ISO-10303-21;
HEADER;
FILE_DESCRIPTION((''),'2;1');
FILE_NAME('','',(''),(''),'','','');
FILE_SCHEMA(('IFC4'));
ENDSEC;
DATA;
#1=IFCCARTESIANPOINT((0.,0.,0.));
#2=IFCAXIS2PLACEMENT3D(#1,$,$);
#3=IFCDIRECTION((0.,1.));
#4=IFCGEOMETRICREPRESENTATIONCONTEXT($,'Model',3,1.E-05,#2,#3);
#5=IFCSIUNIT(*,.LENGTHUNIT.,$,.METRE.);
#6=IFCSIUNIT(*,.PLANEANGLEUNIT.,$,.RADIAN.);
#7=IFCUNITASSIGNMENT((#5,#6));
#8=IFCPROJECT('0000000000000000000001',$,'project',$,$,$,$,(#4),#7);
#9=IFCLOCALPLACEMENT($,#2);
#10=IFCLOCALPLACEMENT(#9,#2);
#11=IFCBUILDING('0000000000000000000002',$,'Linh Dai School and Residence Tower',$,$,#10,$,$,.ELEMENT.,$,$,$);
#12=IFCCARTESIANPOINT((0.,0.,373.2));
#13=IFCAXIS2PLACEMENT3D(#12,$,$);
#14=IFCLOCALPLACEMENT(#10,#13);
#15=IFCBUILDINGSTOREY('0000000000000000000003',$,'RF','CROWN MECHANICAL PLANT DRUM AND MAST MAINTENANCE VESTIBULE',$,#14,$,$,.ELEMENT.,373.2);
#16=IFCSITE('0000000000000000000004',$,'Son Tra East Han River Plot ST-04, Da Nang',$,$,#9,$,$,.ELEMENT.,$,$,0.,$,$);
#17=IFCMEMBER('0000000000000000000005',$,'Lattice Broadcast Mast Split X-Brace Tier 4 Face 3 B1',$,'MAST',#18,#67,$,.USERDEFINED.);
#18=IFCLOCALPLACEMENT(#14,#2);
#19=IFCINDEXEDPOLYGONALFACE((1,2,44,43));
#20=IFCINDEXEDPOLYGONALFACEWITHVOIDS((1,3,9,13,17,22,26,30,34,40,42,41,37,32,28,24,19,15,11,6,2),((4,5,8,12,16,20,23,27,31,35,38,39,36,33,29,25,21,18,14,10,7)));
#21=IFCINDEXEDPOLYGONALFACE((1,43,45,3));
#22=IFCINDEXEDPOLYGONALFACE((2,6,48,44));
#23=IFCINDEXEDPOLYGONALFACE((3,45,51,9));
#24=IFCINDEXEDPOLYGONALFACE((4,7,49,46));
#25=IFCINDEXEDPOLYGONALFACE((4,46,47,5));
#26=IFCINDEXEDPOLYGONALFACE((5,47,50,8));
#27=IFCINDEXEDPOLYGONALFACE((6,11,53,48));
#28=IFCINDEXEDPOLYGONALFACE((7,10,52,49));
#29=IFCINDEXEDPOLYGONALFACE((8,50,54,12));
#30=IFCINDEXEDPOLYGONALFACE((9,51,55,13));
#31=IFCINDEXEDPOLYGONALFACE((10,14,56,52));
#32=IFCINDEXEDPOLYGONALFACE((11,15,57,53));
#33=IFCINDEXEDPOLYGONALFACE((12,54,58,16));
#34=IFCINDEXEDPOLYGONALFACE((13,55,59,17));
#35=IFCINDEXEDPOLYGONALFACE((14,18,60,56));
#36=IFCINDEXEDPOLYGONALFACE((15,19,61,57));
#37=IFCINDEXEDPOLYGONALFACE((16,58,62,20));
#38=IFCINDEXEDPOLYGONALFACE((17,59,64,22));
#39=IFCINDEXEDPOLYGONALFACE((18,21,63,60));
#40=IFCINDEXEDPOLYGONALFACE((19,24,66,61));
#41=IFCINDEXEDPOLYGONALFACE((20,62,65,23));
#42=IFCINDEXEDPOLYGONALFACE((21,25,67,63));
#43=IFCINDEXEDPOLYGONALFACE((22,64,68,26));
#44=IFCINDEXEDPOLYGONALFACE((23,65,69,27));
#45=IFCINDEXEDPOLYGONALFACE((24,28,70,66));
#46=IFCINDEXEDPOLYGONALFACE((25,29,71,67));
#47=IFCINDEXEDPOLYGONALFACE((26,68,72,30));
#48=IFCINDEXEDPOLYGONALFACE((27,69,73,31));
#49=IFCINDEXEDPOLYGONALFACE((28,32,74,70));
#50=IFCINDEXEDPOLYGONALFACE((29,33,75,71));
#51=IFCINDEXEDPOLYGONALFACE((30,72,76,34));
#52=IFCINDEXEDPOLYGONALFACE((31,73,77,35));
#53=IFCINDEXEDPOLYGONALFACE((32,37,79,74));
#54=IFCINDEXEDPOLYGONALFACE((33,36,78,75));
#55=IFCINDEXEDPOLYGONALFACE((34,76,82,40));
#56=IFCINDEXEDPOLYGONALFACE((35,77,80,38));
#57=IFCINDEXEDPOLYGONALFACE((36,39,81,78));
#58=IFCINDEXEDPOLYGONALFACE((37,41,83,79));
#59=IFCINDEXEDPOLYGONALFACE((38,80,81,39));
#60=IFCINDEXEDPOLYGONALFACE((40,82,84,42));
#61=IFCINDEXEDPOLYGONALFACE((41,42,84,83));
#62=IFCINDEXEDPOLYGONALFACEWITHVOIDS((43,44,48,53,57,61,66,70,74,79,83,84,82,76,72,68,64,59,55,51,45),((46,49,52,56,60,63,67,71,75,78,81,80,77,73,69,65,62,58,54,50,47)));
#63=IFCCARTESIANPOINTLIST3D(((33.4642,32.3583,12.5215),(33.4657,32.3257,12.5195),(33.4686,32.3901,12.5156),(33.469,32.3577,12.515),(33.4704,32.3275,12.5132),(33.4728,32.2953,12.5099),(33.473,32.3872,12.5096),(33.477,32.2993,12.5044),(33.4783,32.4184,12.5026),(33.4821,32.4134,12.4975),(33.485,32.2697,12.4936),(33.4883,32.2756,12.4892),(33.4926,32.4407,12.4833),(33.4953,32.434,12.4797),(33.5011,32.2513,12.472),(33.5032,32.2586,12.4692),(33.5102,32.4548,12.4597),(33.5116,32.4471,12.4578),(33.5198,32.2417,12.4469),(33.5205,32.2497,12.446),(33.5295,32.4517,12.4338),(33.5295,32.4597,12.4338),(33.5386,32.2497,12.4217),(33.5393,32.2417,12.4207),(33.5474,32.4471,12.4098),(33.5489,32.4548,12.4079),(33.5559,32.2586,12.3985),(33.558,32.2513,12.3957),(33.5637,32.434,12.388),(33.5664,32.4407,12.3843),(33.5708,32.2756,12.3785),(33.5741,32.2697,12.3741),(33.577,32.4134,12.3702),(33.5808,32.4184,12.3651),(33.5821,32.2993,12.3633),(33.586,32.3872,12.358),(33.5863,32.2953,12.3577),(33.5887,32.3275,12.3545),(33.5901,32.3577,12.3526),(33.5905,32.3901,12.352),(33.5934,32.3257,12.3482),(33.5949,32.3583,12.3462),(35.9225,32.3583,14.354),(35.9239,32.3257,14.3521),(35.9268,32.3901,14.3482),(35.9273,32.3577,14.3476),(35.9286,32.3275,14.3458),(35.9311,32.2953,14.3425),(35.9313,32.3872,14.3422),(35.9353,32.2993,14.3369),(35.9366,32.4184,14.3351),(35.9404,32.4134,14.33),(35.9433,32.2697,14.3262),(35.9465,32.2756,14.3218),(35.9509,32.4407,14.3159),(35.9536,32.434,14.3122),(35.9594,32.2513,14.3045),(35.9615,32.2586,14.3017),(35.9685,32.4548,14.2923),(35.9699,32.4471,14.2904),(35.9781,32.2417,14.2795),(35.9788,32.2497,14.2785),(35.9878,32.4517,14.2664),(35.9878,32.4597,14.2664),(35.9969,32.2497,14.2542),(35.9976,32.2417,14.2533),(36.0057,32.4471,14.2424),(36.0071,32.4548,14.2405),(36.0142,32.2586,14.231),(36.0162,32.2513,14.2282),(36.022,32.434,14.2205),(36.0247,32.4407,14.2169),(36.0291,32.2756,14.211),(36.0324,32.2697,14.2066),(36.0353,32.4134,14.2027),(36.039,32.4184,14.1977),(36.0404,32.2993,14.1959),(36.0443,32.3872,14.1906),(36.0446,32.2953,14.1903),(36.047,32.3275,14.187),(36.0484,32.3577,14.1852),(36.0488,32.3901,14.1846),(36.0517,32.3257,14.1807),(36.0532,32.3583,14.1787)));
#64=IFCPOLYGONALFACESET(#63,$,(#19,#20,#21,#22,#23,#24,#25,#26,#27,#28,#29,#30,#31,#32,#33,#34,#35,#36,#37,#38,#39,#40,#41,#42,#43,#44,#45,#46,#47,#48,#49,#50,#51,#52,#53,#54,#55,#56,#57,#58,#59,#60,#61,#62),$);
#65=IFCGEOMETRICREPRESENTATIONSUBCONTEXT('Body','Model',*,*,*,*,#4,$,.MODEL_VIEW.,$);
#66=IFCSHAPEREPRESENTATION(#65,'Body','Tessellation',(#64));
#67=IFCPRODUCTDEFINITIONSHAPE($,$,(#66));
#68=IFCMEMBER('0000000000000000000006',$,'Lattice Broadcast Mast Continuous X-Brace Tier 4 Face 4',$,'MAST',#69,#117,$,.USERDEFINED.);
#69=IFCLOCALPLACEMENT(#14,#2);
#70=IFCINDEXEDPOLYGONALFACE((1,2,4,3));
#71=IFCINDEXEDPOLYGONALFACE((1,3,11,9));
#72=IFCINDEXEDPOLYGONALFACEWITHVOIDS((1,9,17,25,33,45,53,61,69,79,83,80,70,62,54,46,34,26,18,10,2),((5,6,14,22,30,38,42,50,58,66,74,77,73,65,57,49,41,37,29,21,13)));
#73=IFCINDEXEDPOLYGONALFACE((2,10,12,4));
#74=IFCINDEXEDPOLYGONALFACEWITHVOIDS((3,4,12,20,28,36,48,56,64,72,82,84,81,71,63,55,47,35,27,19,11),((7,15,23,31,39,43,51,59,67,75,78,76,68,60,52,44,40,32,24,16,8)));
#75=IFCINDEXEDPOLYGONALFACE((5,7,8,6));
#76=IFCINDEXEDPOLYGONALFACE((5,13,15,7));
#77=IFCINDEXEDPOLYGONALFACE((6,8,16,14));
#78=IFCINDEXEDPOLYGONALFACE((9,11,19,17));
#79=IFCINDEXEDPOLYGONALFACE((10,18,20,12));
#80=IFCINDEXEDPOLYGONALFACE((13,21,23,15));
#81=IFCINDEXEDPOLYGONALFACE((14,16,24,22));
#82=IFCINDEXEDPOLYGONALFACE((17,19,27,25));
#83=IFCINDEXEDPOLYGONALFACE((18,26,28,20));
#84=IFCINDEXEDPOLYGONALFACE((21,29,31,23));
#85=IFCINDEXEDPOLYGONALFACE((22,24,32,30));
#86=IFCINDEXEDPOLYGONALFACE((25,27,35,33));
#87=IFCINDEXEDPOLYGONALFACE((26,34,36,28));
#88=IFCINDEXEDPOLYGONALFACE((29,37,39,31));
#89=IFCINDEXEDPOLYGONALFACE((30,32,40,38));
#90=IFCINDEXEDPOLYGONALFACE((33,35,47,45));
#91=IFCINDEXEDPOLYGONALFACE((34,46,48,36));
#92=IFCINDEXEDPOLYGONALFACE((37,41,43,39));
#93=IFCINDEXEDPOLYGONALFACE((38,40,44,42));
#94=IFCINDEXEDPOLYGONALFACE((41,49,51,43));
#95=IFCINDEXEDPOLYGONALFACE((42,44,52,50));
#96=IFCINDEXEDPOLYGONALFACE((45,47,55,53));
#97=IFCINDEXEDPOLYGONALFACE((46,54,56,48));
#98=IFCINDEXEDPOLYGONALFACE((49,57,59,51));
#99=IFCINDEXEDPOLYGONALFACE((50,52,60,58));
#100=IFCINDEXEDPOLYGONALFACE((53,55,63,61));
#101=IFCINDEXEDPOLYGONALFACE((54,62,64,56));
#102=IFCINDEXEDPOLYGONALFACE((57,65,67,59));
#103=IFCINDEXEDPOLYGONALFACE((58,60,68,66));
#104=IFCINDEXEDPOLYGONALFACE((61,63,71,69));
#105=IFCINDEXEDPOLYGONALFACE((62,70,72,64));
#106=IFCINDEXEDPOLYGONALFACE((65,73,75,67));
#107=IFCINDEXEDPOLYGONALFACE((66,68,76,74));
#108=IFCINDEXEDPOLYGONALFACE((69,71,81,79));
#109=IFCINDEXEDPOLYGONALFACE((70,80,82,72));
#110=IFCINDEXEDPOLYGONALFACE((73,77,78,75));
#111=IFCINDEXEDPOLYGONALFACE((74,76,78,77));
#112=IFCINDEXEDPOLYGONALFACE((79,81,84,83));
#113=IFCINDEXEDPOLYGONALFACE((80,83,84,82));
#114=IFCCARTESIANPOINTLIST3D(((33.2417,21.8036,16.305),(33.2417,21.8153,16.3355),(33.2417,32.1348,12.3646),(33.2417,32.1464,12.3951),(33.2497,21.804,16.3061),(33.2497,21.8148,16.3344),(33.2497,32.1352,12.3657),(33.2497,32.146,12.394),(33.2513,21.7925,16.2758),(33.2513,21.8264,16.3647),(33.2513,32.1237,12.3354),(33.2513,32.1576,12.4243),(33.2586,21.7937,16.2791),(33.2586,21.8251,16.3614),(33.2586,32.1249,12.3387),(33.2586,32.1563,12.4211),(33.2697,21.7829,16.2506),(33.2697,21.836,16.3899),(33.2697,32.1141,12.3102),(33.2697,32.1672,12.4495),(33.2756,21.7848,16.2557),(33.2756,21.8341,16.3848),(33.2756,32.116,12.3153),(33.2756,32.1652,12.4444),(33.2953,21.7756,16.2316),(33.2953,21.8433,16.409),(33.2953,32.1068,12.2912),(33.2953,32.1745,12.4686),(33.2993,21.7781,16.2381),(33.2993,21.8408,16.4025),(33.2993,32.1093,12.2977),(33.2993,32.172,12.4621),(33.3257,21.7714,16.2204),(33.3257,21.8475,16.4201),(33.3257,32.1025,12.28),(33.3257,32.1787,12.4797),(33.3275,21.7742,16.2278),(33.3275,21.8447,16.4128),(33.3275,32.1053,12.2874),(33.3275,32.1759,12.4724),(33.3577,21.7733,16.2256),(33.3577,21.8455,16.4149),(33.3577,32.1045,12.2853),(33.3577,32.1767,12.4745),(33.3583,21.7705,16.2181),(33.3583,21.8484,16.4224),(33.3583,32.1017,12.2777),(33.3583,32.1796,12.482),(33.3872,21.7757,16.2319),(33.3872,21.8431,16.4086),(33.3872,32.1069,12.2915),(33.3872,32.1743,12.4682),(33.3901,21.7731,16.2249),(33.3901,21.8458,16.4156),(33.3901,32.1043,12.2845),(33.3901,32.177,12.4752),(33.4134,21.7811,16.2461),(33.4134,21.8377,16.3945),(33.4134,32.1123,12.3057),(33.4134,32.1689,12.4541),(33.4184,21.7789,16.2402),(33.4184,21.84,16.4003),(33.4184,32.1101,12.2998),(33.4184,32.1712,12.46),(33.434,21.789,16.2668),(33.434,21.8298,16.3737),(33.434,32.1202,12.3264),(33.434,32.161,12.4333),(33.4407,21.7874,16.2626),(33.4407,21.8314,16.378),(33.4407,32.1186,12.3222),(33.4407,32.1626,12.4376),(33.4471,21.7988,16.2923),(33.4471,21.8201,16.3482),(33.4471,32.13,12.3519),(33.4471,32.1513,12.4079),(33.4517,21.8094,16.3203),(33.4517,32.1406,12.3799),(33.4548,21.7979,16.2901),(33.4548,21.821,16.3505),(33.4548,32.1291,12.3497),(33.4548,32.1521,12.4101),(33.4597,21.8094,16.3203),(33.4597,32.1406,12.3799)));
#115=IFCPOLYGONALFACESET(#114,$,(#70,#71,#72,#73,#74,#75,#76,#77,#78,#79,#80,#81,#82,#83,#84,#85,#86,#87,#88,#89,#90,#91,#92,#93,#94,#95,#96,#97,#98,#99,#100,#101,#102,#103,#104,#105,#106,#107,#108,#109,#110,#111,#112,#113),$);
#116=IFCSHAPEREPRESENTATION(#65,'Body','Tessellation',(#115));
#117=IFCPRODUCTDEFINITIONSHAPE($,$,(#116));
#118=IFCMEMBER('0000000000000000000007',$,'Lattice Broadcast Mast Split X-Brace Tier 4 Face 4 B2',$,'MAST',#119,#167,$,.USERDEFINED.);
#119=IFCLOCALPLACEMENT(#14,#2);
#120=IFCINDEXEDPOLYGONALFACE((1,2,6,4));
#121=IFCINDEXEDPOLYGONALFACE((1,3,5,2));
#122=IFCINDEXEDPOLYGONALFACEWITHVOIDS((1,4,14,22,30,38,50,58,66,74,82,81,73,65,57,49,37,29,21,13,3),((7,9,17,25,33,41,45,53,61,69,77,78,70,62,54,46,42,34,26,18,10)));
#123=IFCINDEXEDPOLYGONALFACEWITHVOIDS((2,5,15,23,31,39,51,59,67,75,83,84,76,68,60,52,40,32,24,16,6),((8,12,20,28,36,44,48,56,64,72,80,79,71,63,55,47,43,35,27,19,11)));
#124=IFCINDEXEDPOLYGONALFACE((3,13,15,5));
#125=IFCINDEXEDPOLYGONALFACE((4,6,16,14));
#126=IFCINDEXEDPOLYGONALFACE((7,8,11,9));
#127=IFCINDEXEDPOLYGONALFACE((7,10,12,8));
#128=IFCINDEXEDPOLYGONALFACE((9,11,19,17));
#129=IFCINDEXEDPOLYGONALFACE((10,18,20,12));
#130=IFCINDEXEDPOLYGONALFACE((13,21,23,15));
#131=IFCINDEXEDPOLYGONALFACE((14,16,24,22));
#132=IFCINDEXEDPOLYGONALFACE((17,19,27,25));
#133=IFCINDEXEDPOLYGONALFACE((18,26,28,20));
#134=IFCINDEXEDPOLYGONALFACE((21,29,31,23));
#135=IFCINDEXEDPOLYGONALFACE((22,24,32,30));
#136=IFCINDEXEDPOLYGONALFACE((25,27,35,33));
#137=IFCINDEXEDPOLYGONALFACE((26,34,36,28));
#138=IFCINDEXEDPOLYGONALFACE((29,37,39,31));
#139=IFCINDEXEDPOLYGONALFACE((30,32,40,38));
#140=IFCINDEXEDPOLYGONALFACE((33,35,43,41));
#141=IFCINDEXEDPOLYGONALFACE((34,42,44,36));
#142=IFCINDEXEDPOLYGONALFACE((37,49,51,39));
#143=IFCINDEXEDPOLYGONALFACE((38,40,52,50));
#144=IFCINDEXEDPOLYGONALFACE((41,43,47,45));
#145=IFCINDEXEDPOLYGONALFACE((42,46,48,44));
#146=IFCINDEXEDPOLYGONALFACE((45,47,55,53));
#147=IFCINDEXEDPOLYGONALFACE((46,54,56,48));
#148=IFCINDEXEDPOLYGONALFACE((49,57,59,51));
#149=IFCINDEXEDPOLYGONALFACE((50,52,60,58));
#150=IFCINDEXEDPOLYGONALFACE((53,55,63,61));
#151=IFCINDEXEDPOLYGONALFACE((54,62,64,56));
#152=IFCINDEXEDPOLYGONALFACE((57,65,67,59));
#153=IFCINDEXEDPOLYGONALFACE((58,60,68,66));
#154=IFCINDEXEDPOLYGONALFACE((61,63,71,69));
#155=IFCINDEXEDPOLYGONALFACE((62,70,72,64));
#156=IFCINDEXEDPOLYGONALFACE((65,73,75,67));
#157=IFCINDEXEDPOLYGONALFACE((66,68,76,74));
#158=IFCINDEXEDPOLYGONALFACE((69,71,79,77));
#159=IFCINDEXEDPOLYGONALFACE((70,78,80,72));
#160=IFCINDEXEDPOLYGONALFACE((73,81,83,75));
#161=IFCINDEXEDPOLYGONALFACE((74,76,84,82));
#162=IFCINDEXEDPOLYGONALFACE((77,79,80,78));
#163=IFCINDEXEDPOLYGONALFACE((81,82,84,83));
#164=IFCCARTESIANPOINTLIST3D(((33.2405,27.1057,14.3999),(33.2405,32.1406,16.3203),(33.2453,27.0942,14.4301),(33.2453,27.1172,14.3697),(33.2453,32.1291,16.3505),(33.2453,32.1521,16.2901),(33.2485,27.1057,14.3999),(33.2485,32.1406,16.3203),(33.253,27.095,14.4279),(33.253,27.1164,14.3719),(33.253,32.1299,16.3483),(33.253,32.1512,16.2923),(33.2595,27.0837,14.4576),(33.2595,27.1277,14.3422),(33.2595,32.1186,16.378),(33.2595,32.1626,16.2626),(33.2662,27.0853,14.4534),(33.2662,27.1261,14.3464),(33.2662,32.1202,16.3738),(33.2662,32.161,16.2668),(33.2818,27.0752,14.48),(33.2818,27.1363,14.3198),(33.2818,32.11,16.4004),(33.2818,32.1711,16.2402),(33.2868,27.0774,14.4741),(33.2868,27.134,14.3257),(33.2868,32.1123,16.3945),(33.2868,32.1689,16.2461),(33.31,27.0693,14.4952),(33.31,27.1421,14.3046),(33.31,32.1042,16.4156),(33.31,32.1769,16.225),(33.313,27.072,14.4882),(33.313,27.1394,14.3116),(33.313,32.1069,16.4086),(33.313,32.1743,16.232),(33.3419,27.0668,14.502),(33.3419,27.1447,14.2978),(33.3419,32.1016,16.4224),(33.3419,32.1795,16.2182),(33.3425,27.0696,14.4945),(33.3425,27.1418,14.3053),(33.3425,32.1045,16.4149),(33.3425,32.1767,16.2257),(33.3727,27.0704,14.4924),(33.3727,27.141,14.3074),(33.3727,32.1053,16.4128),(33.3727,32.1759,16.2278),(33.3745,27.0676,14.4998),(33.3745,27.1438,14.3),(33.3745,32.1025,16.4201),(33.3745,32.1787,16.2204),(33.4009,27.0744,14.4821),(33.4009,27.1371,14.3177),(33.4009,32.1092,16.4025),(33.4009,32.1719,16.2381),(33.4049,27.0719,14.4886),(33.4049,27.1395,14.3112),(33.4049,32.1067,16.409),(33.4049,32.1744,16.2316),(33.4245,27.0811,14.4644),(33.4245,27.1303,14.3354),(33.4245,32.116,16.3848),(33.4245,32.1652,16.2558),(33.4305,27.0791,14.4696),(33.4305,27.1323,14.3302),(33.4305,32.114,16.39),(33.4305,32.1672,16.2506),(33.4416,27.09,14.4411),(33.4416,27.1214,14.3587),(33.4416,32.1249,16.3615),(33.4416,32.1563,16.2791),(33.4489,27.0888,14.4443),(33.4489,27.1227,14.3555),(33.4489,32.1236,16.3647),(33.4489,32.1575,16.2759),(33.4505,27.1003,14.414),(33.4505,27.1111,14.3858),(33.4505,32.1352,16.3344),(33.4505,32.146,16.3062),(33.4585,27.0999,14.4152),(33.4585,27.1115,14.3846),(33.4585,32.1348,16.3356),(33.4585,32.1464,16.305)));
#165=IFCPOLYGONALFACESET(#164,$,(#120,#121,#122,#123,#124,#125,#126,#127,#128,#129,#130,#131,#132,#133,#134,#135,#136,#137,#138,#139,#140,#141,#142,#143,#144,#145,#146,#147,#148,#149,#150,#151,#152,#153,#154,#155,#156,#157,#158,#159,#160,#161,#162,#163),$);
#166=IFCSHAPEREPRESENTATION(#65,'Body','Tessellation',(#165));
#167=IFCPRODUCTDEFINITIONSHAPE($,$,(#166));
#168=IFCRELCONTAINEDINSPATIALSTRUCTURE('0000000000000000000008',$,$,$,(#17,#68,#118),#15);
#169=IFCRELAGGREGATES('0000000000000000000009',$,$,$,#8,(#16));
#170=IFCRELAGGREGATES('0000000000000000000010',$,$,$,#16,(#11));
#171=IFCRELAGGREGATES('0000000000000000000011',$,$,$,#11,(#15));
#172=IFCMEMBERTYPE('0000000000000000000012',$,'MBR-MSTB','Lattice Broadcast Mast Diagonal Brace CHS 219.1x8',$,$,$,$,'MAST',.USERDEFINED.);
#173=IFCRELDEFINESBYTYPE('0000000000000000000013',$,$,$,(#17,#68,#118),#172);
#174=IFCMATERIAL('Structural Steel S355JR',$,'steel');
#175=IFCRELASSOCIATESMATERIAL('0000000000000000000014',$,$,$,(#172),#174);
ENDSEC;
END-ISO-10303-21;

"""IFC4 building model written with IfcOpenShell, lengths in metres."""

from ifc_helpers import new_model, si_unit, direction, frame, origin, origin_2d, place, context, subcontext, project, spatial, hollow_circle, extrude, material, material_profile, profile_set, type_object, element, save


model = new_model("IFC4")

# Units and contexts
model_context = context("Model", 3, precision=1e-05, world=origin(), true_north=direction((0.0, 1.0)))
body_context = subcontext(model_context, "Body", "Model", "MODEL_VIEW")
ifc_project = project(units=[si_unit("LENGTHUNIT", "METRE"), si_unit("PLANEANGLEUNIT", "RADIAN")], contexts=[model_context])

# Site, building, storey
site_placement = place(None, origin())
site = spatial("IfcSite", under=ifc_project, at=site_placement, Name="Son Tra East Han River Plot ST-04, Da Nang", CompositionType="ELEMENT", RefElevation=0.0)
building_placement = place(site_placement, origin())
building = spatial("IfcBuilding", under=site, at=building_placement, Name="Linh Dai School and Residence Tower", CompositionType="ELEMENT")
storey_placement = place(building_placement, frame((0.0, 0.0, 373.2)))
storey = spatial("IfcBuildingStorey", under=building, at=storey_placement, Name="RF", Description="CROWN MECHANICAL PLANT DRUM AND MAST MAINTENANCE VESTIBULE", CompositionType="ELEMENT", Elevation=373.2)

# Shared definitions
ifc_material = material(Name="Structural Steel S355JR", Category="steel")

# Members
ifc_material_profile_1 = material_profile(ifc_material, hollow_circle(Radius=0.1096, WallThickness=0.0081, at=origin_2d()), Name="CHS 219.1x8")
ifc_profile_set_1 = profile_set([ifc_material_profile_1], Name="Structural Steel S355JR")
member_type = type_object("IfcMemberType", Name="MBR-MSTB", Description="Lattice Broadcast Mast Diagonal Brace CHS 219.1x8", ElementType="MAST", PredefinedType="USERDEFINED", material=ifc_profile_set_1)
member_1_placement = place(storey_placement, frame((33.5295, 32.3501, 12.4338), z_axis=(0.801745, 0.0, 0.597666), x_axis=(0.0, 1.0, 0.0)))
element("IfcMember", 1, at=member_1_placement, inside=storey, type_object=member_type, Name="Lattice Broadcast Mast Split X-Brace Tier 4 Face 3 B1", ObjectType="MAST", PredefinedType="USERDEFINED", context=body_context, shape_type="SweptSolid", body=[
    extrude(hollow_circle(Radius=0.1096, WallThickness=0.0081, at=origin_2d()), origin(), (0.0, 0.0, 1.0), 3.0662),
])
member_2_placement = place(storey_placement, frame((33.3501, 32.1406, 12.3799), z_axis=(0.0, -0.934346, 0.356366), x_axis=(1.0, 0.0, 0.0)))
element("IfcMember", 2, at=member_2_placement, inside=storey, type_object=member_type, Name="Lattice Broadcast Mast Continuous X-Brace Tier 4 Face 4", ObjectType="MAST", PredefinedType="USERDEFINED", context=body_context, shape_type="SweptSolid", body=[
    extrude(hollow_circle(Radius=0.1096, WallThickness=0.0081, at=origin_2d()), origin(), (0.0, 0.0, 1.0), 11.0571),
])
member_3_placement = place(storey_placement, frame((33.3501, 27.1057, 14.3999), z_axis=(0.0, 0.934343, 0.356376), x_axis=(-1.0, 0.0, 0.0)))
element("IfcMember", 3, at=member_3_placement, inside=storey, type_object=member_type, Name="Lattice Broadcast Mast Split X-Brace Tier 4 Face 4 B2", ObjectType="MAST", PredefinedType="USERDEFINED", context=body_context, shape_type="SweptSolid", body=[
    extrude(hollow_circle(Radius=0.1096, WallThickness=0.0081, at=origin_2d()), origin(), (0.0, 0.0, 1.0), 5.3887),
])

save(model, "model.ifc")
